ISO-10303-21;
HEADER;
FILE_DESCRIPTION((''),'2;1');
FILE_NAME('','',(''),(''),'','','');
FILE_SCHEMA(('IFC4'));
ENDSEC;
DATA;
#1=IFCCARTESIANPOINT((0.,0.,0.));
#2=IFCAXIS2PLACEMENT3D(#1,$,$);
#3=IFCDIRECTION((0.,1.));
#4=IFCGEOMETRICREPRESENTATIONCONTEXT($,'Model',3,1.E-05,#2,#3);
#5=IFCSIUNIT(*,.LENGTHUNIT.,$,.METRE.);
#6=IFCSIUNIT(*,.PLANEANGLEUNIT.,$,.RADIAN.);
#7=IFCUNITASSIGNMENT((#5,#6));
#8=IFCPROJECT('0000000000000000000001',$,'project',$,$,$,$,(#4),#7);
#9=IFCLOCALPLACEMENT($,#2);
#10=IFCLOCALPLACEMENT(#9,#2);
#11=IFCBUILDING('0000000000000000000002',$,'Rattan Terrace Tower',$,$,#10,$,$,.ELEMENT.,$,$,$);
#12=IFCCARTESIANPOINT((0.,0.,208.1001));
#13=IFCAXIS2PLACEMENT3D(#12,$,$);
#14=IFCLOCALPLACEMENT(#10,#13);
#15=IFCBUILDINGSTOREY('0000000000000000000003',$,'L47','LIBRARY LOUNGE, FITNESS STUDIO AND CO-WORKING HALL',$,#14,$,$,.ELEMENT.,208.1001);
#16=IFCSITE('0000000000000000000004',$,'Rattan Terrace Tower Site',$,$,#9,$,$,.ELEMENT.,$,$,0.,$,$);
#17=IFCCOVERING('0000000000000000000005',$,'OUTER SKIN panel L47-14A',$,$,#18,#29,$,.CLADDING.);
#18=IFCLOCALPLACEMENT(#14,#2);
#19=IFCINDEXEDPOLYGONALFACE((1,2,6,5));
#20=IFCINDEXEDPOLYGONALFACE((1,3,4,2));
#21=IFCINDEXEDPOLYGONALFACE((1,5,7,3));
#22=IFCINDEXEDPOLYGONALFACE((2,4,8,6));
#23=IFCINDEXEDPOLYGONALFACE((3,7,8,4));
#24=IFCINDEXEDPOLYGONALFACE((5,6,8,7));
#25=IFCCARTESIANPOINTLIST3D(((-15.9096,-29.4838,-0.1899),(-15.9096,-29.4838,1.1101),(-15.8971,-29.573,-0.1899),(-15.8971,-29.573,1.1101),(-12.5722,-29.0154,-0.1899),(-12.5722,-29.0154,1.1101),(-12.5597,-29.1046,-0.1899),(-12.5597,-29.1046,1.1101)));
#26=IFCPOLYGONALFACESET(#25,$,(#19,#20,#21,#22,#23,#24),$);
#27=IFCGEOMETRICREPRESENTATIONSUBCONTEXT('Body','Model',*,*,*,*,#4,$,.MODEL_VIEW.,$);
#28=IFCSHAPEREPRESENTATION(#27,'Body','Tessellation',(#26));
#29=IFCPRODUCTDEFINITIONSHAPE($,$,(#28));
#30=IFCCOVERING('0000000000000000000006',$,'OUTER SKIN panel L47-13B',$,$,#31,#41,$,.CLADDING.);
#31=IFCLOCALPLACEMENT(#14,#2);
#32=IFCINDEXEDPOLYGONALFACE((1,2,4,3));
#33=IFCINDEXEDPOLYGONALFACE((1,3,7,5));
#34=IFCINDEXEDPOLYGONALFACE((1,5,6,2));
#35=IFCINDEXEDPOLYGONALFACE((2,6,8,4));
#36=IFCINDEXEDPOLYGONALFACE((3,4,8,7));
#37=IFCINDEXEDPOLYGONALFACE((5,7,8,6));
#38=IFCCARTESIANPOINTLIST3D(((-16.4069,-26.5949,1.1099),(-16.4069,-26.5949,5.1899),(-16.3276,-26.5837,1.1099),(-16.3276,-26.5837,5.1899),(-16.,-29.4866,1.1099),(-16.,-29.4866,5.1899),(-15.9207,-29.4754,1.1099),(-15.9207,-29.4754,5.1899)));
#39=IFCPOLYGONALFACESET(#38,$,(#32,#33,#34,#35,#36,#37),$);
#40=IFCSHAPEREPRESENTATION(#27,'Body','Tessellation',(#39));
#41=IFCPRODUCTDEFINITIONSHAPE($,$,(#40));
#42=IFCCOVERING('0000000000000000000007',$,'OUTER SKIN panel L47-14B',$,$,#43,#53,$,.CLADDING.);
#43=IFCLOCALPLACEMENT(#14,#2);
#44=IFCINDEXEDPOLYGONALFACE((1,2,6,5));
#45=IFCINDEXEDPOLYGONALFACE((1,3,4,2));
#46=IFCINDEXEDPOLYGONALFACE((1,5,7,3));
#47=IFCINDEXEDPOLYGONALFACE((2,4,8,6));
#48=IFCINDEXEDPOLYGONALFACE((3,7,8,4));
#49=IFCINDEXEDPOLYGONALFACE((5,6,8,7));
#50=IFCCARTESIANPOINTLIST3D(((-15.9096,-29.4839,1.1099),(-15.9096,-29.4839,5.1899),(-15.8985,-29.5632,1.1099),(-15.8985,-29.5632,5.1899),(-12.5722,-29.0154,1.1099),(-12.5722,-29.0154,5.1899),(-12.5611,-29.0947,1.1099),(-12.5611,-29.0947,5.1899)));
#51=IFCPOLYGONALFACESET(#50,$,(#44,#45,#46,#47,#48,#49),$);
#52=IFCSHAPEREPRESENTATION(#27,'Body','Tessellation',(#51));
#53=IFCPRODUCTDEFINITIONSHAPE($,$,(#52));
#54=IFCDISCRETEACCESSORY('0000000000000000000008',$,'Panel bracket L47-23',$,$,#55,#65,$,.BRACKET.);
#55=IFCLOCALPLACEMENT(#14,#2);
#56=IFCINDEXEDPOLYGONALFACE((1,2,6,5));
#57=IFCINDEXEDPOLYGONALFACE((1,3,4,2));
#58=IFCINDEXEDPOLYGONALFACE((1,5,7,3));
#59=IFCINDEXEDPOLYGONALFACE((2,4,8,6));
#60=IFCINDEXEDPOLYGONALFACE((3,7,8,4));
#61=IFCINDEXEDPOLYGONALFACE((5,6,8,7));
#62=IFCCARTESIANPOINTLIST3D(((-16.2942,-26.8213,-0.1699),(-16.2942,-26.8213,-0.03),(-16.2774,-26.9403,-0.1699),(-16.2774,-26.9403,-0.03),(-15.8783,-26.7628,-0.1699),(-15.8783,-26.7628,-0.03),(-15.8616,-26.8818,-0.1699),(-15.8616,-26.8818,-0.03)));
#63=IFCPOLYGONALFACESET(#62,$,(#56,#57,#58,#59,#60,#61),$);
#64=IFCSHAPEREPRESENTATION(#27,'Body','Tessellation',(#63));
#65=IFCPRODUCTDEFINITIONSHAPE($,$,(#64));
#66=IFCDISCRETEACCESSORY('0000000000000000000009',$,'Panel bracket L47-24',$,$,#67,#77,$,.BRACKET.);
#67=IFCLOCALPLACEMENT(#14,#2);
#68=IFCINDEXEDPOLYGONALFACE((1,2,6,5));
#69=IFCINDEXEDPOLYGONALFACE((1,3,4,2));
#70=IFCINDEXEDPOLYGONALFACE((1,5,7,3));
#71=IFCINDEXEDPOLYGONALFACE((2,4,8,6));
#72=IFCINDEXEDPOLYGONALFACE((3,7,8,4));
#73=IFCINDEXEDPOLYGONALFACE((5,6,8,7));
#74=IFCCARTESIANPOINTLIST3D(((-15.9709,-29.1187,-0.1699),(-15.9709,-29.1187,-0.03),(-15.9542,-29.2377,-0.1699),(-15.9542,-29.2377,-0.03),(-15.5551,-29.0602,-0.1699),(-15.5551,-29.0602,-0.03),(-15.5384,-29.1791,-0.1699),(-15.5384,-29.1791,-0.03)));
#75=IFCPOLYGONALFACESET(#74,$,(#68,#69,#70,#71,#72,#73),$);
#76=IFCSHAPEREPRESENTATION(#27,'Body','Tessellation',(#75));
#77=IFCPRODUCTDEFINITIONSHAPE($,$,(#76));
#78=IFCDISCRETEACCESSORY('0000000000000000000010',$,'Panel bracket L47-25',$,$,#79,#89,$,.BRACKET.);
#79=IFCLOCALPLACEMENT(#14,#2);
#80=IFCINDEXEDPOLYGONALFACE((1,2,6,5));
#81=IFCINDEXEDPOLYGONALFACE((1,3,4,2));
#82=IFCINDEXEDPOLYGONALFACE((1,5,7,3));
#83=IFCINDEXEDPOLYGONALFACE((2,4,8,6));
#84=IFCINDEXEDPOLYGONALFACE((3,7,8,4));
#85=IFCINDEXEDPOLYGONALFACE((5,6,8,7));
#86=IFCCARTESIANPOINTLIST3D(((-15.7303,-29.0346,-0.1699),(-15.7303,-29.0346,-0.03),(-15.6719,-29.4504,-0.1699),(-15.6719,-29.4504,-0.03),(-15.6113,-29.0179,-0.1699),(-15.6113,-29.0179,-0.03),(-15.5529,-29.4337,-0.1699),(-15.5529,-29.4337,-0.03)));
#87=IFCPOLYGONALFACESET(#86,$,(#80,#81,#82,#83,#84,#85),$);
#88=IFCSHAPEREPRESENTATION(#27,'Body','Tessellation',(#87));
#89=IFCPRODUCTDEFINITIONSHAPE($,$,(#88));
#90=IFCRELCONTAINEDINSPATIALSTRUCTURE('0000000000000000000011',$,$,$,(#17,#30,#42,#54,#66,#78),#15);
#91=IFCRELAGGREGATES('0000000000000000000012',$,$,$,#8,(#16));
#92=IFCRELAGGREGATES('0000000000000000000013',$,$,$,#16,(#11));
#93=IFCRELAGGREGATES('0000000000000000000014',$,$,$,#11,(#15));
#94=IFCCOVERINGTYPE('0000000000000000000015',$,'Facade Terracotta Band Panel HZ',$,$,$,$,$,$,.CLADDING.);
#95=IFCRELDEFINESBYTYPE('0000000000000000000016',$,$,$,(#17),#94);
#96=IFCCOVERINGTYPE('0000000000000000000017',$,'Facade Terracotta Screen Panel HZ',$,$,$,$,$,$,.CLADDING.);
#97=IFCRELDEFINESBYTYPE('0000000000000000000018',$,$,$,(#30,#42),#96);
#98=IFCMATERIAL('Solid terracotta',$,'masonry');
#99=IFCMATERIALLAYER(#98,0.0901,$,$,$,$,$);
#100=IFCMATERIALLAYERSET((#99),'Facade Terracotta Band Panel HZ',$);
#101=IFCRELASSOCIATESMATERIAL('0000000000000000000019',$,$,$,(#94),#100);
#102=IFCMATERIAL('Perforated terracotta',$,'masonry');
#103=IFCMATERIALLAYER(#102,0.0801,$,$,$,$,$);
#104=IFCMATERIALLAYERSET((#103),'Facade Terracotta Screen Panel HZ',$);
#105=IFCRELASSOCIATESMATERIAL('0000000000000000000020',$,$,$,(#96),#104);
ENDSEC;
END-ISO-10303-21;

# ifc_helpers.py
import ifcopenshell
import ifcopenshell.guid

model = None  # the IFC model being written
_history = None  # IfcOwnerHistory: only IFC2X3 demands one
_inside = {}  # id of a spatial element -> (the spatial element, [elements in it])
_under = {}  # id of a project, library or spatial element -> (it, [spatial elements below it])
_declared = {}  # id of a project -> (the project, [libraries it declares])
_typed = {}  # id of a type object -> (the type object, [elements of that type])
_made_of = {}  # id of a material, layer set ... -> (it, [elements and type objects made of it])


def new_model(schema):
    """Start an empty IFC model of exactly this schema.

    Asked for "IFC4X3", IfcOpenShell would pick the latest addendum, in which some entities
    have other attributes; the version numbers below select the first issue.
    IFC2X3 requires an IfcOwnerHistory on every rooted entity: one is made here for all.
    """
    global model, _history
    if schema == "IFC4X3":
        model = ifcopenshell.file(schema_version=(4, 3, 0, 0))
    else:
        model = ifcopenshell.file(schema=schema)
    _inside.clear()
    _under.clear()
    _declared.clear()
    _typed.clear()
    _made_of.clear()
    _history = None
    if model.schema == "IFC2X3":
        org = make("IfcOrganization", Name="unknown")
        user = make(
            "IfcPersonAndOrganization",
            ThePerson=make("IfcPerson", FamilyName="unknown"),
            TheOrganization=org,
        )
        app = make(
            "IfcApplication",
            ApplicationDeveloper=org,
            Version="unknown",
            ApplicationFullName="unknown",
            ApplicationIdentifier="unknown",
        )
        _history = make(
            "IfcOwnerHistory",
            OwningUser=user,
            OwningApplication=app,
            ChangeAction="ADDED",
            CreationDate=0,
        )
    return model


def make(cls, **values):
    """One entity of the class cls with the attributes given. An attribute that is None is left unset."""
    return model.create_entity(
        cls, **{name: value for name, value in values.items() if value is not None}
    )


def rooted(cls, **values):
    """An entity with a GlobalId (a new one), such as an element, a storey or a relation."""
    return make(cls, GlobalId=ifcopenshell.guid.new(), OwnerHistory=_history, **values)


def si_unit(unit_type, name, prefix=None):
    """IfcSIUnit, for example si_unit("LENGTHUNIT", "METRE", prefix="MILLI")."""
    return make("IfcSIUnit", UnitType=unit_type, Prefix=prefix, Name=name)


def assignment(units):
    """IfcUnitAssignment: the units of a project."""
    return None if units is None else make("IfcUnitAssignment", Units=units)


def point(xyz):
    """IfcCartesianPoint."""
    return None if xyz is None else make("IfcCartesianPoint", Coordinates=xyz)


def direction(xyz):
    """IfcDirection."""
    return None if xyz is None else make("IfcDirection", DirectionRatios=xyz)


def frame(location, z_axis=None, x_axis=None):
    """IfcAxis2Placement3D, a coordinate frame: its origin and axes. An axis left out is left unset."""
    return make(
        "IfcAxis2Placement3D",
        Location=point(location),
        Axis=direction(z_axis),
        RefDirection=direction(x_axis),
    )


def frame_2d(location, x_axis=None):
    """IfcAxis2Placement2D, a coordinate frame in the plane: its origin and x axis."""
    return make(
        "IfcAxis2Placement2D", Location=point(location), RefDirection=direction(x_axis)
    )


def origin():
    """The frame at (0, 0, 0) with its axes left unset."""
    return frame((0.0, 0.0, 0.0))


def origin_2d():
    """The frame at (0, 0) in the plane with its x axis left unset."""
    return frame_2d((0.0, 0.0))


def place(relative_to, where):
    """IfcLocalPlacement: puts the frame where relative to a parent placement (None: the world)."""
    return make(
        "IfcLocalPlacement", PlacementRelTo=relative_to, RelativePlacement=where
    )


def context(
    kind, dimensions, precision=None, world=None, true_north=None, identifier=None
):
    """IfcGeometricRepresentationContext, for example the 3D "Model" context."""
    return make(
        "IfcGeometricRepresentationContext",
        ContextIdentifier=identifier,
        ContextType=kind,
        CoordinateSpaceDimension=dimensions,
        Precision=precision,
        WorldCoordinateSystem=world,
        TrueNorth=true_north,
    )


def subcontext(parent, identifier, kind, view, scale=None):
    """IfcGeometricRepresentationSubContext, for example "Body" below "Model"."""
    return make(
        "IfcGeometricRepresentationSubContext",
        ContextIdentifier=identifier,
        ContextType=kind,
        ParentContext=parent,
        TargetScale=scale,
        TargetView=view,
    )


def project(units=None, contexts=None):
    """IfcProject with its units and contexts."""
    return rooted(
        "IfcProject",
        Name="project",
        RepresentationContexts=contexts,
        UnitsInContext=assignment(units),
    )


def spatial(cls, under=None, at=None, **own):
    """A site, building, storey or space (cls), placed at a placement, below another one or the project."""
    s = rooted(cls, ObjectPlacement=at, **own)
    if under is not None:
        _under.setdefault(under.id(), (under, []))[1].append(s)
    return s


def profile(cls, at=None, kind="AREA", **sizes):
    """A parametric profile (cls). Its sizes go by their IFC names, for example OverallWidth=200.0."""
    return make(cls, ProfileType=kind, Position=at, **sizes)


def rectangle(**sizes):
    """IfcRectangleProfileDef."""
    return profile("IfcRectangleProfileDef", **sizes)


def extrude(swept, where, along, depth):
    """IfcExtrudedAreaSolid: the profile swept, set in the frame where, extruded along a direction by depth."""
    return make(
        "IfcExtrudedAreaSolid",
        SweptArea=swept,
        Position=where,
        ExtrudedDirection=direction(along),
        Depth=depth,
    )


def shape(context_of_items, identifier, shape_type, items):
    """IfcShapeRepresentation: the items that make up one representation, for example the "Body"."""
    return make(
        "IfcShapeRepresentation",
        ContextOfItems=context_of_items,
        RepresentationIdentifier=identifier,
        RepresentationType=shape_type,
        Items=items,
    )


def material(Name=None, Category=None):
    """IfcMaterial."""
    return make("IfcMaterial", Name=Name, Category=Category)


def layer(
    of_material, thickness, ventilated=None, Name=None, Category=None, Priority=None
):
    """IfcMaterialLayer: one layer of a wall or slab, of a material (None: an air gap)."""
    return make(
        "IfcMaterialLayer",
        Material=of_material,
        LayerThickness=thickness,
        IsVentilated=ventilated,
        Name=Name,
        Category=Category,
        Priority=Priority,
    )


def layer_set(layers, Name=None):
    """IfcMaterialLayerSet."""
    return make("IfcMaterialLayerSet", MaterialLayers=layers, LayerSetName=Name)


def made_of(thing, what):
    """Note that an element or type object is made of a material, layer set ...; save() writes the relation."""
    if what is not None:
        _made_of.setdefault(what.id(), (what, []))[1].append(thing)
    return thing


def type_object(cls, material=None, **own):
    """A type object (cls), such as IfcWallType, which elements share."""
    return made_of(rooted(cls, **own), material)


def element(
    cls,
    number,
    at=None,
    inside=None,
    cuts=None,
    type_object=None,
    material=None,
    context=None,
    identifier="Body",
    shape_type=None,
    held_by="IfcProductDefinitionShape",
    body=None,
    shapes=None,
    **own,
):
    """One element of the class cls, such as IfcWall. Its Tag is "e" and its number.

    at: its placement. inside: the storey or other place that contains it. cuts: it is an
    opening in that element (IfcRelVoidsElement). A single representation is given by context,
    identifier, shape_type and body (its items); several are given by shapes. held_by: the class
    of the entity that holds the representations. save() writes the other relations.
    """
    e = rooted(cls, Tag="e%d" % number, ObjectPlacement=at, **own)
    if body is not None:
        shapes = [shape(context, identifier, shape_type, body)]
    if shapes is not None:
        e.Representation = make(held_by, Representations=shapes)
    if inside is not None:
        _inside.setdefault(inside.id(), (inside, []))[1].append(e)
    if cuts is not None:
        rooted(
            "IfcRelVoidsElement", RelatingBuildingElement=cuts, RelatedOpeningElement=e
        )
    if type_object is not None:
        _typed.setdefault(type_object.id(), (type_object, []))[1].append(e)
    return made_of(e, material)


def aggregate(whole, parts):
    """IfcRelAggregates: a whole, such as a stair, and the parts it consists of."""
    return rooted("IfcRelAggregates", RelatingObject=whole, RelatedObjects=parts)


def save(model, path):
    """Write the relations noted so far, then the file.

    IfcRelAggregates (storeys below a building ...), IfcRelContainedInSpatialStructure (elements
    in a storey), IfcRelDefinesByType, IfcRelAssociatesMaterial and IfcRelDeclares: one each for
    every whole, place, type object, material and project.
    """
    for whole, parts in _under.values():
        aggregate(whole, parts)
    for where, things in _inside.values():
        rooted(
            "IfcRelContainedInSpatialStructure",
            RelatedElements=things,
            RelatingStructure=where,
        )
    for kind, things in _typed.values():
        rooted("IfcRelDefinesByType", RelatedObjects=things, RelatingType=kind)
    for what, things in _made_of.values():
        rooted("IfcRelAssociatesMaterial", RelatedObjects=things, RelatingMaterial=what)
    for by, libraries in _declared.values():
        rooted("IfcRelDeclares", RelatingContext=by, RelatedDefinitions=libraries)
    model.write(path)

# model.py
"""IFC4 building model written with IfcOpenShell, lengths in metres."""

from ifc_helpers import new_model, si_unit, direction, frame, origin, origin_2d, place, context, subcontext, project, spatial, rectangle, extrude, material, layer, layer_set, type_object, element, save


model = new_model("IFC4")

# Units and contexts
model_context = context("Model", 3, precision=1e-05, world=origin(), true_north=direction((0.0, 1.0)))
body_context = subcontext(model_context, "Body", "Model", "MODEL_VIEW")
ifc_project = project(units=[si_unit("LENGTHUNIT", "METRE"), si_unit("PLANEANGLEUNIT", "RADIAN")], contexts=[model_context])

# Site, building, storey
site_placement = place(None, origin())
site = spatial("IfcSite", under=ifc_project, at=site_placement, Name="Rattan Terrace Tower Site", CompositionType="ELEMENT", RefElevation=0.0)
building_placement = place(site_placement, origin())
building = spatial("IfcBuilding", under=site, at=building_placement, Name="Rattan Terrace Tower", CompositionType="ELEMENT")
storey_placement = place(building_placement, frame((0.0, 0.0, 208.1001)))
storey = spatial("IfcBuildingStorey", under=building, at=storey_placement, Name="L47", Description="LIBRARY LOUNGE, FITNESS STUDIO AND CO-WORKING HALL", CompositionType="ELEMENT", Elevation=208.1001)

# Coverings
ifc_material_1 = material(Name="Solid terracotta", Category="masonry")
ifc_layer_1 = layer(ifc_material_1, 0.0901)
ifc_layer_set_1 = layer_set([ifc_layer_1], Name="Facade Terracotta Band Panel HZ")
covering_type_1 = type_object("IfcCoveringType", Name="Facade Terracotta Band Panel HZ", PredefinedType="CLADDING", material=ifc_layer_set_1)
covering_1_placement = place(storey_placement, frame((-14.2346, -29.2942, -0.1899), z_axis=(0.0, 0.0, 1.0), x_axis=(0.990293, 0.138994, 0.0)))
element("IfcCovering", 1, at=covering_1_placement, inside=storey, type_object=covering_type_1, Name="OUTER SKIN panel L47-14A", PredefinedType="CLADDING", context=body_context, shape_type="SweptSolid", body=[
    extrude(rectangle(XDim=3.3701, YDim=0.0901, at=origin_2d()), origin(), (0.0, 0.0, 1.0), 1.3),
])
ifc_material_2 = material(Name="Perforated terracotta", Category="masonry")
ifc_layer_2 = layer(ifc_material_2, 0.0801)
ifc_layer_set_2 = layer_set([ifc_layer_2], Name="Facade Terracotta Screen Panel HZ")
covering_type_2 = type_object("IfcCoveringType", Name="Facade Terracotta Screen Panel HZ", PredefinedType="CLADDING", material=ifc_layer_set_2)
covering_2_placement = place(storey_placement, frame((-16.1638, -28.0352, 1.1099), z_axis=(0.0, 0.0, 1.0), x_axis=(0.139321, -0.990247, 0.0)))
element("IfcCovering", 2, at=covering_2_placement, inside=storey, type_object=covering_type_2, Name="OUTER SKIN panel L47-13B", PredefinedType="CLADDING", context=body_context, shape_type="SweptSolid", body=[
    extrude(rectangle(XDim=2.9202, YDim=0.0801, at=origin_2d()), origin(), (0.0, 0.0, 1.0), 4.0801),
])
covering_3_placement = place(storey_placement, frame((-14.2354, -29.2893, 1.1099), z_axis=(0.0, 0.0, 1.0), x_axis=(0.990293, 0.138994, 0.0)))
element("IfcCovering", 3, at=covering_3_placement, inside=storey, type_object=covering_type_2, Name="OUTER SKIN panel L47-14B", PredefinedType="CLADDING", context=body_context, shape_type="SweptSolid", body=[
    extrude(rectangle(XDim=3.3701, YDim=0.0801, at=origin_2d()), origin(), (0.0, 0.0, 1.0), 4.0801),
])

# Discrete accessories
for number, where, z_axis, x_axis, name in (
    (4, (-16.0779, -26.8516, -0.1699), (0.0, 0.0, 1.0), (0.139321, -0.990247, 0.0), "Panel bracket L47-23"),
    (5, (-15.7546, -29.1489, -0.1699), (0.0, 0.0, 1.0), (0.139321, -0.990247, 0.0), "Panel bracket L47-24"),
    (6, (-15.6416, -29.2341, -0.1699), (0.0, 0.0, 1.0), (0.990293, 0.138994, 0.0), "Panel bracket L47-25"),
):
    element("IfcDiscreteAccessory", number, at=place(storey_placement, frame(where, z_axis=z_axis, x_axis=x_axis)), inside=storey, Name=name, PredefinedType="BRACKET", context=body_context, shape_type="SweptSolid", body=[
        extrude(rectangle(XDim=0.1201, YDim=0.4199, at=origin_2d()), origin(), (0.0, 0.0, 1.0), 0.1399),
    ])

save(model, "model.ifc")
